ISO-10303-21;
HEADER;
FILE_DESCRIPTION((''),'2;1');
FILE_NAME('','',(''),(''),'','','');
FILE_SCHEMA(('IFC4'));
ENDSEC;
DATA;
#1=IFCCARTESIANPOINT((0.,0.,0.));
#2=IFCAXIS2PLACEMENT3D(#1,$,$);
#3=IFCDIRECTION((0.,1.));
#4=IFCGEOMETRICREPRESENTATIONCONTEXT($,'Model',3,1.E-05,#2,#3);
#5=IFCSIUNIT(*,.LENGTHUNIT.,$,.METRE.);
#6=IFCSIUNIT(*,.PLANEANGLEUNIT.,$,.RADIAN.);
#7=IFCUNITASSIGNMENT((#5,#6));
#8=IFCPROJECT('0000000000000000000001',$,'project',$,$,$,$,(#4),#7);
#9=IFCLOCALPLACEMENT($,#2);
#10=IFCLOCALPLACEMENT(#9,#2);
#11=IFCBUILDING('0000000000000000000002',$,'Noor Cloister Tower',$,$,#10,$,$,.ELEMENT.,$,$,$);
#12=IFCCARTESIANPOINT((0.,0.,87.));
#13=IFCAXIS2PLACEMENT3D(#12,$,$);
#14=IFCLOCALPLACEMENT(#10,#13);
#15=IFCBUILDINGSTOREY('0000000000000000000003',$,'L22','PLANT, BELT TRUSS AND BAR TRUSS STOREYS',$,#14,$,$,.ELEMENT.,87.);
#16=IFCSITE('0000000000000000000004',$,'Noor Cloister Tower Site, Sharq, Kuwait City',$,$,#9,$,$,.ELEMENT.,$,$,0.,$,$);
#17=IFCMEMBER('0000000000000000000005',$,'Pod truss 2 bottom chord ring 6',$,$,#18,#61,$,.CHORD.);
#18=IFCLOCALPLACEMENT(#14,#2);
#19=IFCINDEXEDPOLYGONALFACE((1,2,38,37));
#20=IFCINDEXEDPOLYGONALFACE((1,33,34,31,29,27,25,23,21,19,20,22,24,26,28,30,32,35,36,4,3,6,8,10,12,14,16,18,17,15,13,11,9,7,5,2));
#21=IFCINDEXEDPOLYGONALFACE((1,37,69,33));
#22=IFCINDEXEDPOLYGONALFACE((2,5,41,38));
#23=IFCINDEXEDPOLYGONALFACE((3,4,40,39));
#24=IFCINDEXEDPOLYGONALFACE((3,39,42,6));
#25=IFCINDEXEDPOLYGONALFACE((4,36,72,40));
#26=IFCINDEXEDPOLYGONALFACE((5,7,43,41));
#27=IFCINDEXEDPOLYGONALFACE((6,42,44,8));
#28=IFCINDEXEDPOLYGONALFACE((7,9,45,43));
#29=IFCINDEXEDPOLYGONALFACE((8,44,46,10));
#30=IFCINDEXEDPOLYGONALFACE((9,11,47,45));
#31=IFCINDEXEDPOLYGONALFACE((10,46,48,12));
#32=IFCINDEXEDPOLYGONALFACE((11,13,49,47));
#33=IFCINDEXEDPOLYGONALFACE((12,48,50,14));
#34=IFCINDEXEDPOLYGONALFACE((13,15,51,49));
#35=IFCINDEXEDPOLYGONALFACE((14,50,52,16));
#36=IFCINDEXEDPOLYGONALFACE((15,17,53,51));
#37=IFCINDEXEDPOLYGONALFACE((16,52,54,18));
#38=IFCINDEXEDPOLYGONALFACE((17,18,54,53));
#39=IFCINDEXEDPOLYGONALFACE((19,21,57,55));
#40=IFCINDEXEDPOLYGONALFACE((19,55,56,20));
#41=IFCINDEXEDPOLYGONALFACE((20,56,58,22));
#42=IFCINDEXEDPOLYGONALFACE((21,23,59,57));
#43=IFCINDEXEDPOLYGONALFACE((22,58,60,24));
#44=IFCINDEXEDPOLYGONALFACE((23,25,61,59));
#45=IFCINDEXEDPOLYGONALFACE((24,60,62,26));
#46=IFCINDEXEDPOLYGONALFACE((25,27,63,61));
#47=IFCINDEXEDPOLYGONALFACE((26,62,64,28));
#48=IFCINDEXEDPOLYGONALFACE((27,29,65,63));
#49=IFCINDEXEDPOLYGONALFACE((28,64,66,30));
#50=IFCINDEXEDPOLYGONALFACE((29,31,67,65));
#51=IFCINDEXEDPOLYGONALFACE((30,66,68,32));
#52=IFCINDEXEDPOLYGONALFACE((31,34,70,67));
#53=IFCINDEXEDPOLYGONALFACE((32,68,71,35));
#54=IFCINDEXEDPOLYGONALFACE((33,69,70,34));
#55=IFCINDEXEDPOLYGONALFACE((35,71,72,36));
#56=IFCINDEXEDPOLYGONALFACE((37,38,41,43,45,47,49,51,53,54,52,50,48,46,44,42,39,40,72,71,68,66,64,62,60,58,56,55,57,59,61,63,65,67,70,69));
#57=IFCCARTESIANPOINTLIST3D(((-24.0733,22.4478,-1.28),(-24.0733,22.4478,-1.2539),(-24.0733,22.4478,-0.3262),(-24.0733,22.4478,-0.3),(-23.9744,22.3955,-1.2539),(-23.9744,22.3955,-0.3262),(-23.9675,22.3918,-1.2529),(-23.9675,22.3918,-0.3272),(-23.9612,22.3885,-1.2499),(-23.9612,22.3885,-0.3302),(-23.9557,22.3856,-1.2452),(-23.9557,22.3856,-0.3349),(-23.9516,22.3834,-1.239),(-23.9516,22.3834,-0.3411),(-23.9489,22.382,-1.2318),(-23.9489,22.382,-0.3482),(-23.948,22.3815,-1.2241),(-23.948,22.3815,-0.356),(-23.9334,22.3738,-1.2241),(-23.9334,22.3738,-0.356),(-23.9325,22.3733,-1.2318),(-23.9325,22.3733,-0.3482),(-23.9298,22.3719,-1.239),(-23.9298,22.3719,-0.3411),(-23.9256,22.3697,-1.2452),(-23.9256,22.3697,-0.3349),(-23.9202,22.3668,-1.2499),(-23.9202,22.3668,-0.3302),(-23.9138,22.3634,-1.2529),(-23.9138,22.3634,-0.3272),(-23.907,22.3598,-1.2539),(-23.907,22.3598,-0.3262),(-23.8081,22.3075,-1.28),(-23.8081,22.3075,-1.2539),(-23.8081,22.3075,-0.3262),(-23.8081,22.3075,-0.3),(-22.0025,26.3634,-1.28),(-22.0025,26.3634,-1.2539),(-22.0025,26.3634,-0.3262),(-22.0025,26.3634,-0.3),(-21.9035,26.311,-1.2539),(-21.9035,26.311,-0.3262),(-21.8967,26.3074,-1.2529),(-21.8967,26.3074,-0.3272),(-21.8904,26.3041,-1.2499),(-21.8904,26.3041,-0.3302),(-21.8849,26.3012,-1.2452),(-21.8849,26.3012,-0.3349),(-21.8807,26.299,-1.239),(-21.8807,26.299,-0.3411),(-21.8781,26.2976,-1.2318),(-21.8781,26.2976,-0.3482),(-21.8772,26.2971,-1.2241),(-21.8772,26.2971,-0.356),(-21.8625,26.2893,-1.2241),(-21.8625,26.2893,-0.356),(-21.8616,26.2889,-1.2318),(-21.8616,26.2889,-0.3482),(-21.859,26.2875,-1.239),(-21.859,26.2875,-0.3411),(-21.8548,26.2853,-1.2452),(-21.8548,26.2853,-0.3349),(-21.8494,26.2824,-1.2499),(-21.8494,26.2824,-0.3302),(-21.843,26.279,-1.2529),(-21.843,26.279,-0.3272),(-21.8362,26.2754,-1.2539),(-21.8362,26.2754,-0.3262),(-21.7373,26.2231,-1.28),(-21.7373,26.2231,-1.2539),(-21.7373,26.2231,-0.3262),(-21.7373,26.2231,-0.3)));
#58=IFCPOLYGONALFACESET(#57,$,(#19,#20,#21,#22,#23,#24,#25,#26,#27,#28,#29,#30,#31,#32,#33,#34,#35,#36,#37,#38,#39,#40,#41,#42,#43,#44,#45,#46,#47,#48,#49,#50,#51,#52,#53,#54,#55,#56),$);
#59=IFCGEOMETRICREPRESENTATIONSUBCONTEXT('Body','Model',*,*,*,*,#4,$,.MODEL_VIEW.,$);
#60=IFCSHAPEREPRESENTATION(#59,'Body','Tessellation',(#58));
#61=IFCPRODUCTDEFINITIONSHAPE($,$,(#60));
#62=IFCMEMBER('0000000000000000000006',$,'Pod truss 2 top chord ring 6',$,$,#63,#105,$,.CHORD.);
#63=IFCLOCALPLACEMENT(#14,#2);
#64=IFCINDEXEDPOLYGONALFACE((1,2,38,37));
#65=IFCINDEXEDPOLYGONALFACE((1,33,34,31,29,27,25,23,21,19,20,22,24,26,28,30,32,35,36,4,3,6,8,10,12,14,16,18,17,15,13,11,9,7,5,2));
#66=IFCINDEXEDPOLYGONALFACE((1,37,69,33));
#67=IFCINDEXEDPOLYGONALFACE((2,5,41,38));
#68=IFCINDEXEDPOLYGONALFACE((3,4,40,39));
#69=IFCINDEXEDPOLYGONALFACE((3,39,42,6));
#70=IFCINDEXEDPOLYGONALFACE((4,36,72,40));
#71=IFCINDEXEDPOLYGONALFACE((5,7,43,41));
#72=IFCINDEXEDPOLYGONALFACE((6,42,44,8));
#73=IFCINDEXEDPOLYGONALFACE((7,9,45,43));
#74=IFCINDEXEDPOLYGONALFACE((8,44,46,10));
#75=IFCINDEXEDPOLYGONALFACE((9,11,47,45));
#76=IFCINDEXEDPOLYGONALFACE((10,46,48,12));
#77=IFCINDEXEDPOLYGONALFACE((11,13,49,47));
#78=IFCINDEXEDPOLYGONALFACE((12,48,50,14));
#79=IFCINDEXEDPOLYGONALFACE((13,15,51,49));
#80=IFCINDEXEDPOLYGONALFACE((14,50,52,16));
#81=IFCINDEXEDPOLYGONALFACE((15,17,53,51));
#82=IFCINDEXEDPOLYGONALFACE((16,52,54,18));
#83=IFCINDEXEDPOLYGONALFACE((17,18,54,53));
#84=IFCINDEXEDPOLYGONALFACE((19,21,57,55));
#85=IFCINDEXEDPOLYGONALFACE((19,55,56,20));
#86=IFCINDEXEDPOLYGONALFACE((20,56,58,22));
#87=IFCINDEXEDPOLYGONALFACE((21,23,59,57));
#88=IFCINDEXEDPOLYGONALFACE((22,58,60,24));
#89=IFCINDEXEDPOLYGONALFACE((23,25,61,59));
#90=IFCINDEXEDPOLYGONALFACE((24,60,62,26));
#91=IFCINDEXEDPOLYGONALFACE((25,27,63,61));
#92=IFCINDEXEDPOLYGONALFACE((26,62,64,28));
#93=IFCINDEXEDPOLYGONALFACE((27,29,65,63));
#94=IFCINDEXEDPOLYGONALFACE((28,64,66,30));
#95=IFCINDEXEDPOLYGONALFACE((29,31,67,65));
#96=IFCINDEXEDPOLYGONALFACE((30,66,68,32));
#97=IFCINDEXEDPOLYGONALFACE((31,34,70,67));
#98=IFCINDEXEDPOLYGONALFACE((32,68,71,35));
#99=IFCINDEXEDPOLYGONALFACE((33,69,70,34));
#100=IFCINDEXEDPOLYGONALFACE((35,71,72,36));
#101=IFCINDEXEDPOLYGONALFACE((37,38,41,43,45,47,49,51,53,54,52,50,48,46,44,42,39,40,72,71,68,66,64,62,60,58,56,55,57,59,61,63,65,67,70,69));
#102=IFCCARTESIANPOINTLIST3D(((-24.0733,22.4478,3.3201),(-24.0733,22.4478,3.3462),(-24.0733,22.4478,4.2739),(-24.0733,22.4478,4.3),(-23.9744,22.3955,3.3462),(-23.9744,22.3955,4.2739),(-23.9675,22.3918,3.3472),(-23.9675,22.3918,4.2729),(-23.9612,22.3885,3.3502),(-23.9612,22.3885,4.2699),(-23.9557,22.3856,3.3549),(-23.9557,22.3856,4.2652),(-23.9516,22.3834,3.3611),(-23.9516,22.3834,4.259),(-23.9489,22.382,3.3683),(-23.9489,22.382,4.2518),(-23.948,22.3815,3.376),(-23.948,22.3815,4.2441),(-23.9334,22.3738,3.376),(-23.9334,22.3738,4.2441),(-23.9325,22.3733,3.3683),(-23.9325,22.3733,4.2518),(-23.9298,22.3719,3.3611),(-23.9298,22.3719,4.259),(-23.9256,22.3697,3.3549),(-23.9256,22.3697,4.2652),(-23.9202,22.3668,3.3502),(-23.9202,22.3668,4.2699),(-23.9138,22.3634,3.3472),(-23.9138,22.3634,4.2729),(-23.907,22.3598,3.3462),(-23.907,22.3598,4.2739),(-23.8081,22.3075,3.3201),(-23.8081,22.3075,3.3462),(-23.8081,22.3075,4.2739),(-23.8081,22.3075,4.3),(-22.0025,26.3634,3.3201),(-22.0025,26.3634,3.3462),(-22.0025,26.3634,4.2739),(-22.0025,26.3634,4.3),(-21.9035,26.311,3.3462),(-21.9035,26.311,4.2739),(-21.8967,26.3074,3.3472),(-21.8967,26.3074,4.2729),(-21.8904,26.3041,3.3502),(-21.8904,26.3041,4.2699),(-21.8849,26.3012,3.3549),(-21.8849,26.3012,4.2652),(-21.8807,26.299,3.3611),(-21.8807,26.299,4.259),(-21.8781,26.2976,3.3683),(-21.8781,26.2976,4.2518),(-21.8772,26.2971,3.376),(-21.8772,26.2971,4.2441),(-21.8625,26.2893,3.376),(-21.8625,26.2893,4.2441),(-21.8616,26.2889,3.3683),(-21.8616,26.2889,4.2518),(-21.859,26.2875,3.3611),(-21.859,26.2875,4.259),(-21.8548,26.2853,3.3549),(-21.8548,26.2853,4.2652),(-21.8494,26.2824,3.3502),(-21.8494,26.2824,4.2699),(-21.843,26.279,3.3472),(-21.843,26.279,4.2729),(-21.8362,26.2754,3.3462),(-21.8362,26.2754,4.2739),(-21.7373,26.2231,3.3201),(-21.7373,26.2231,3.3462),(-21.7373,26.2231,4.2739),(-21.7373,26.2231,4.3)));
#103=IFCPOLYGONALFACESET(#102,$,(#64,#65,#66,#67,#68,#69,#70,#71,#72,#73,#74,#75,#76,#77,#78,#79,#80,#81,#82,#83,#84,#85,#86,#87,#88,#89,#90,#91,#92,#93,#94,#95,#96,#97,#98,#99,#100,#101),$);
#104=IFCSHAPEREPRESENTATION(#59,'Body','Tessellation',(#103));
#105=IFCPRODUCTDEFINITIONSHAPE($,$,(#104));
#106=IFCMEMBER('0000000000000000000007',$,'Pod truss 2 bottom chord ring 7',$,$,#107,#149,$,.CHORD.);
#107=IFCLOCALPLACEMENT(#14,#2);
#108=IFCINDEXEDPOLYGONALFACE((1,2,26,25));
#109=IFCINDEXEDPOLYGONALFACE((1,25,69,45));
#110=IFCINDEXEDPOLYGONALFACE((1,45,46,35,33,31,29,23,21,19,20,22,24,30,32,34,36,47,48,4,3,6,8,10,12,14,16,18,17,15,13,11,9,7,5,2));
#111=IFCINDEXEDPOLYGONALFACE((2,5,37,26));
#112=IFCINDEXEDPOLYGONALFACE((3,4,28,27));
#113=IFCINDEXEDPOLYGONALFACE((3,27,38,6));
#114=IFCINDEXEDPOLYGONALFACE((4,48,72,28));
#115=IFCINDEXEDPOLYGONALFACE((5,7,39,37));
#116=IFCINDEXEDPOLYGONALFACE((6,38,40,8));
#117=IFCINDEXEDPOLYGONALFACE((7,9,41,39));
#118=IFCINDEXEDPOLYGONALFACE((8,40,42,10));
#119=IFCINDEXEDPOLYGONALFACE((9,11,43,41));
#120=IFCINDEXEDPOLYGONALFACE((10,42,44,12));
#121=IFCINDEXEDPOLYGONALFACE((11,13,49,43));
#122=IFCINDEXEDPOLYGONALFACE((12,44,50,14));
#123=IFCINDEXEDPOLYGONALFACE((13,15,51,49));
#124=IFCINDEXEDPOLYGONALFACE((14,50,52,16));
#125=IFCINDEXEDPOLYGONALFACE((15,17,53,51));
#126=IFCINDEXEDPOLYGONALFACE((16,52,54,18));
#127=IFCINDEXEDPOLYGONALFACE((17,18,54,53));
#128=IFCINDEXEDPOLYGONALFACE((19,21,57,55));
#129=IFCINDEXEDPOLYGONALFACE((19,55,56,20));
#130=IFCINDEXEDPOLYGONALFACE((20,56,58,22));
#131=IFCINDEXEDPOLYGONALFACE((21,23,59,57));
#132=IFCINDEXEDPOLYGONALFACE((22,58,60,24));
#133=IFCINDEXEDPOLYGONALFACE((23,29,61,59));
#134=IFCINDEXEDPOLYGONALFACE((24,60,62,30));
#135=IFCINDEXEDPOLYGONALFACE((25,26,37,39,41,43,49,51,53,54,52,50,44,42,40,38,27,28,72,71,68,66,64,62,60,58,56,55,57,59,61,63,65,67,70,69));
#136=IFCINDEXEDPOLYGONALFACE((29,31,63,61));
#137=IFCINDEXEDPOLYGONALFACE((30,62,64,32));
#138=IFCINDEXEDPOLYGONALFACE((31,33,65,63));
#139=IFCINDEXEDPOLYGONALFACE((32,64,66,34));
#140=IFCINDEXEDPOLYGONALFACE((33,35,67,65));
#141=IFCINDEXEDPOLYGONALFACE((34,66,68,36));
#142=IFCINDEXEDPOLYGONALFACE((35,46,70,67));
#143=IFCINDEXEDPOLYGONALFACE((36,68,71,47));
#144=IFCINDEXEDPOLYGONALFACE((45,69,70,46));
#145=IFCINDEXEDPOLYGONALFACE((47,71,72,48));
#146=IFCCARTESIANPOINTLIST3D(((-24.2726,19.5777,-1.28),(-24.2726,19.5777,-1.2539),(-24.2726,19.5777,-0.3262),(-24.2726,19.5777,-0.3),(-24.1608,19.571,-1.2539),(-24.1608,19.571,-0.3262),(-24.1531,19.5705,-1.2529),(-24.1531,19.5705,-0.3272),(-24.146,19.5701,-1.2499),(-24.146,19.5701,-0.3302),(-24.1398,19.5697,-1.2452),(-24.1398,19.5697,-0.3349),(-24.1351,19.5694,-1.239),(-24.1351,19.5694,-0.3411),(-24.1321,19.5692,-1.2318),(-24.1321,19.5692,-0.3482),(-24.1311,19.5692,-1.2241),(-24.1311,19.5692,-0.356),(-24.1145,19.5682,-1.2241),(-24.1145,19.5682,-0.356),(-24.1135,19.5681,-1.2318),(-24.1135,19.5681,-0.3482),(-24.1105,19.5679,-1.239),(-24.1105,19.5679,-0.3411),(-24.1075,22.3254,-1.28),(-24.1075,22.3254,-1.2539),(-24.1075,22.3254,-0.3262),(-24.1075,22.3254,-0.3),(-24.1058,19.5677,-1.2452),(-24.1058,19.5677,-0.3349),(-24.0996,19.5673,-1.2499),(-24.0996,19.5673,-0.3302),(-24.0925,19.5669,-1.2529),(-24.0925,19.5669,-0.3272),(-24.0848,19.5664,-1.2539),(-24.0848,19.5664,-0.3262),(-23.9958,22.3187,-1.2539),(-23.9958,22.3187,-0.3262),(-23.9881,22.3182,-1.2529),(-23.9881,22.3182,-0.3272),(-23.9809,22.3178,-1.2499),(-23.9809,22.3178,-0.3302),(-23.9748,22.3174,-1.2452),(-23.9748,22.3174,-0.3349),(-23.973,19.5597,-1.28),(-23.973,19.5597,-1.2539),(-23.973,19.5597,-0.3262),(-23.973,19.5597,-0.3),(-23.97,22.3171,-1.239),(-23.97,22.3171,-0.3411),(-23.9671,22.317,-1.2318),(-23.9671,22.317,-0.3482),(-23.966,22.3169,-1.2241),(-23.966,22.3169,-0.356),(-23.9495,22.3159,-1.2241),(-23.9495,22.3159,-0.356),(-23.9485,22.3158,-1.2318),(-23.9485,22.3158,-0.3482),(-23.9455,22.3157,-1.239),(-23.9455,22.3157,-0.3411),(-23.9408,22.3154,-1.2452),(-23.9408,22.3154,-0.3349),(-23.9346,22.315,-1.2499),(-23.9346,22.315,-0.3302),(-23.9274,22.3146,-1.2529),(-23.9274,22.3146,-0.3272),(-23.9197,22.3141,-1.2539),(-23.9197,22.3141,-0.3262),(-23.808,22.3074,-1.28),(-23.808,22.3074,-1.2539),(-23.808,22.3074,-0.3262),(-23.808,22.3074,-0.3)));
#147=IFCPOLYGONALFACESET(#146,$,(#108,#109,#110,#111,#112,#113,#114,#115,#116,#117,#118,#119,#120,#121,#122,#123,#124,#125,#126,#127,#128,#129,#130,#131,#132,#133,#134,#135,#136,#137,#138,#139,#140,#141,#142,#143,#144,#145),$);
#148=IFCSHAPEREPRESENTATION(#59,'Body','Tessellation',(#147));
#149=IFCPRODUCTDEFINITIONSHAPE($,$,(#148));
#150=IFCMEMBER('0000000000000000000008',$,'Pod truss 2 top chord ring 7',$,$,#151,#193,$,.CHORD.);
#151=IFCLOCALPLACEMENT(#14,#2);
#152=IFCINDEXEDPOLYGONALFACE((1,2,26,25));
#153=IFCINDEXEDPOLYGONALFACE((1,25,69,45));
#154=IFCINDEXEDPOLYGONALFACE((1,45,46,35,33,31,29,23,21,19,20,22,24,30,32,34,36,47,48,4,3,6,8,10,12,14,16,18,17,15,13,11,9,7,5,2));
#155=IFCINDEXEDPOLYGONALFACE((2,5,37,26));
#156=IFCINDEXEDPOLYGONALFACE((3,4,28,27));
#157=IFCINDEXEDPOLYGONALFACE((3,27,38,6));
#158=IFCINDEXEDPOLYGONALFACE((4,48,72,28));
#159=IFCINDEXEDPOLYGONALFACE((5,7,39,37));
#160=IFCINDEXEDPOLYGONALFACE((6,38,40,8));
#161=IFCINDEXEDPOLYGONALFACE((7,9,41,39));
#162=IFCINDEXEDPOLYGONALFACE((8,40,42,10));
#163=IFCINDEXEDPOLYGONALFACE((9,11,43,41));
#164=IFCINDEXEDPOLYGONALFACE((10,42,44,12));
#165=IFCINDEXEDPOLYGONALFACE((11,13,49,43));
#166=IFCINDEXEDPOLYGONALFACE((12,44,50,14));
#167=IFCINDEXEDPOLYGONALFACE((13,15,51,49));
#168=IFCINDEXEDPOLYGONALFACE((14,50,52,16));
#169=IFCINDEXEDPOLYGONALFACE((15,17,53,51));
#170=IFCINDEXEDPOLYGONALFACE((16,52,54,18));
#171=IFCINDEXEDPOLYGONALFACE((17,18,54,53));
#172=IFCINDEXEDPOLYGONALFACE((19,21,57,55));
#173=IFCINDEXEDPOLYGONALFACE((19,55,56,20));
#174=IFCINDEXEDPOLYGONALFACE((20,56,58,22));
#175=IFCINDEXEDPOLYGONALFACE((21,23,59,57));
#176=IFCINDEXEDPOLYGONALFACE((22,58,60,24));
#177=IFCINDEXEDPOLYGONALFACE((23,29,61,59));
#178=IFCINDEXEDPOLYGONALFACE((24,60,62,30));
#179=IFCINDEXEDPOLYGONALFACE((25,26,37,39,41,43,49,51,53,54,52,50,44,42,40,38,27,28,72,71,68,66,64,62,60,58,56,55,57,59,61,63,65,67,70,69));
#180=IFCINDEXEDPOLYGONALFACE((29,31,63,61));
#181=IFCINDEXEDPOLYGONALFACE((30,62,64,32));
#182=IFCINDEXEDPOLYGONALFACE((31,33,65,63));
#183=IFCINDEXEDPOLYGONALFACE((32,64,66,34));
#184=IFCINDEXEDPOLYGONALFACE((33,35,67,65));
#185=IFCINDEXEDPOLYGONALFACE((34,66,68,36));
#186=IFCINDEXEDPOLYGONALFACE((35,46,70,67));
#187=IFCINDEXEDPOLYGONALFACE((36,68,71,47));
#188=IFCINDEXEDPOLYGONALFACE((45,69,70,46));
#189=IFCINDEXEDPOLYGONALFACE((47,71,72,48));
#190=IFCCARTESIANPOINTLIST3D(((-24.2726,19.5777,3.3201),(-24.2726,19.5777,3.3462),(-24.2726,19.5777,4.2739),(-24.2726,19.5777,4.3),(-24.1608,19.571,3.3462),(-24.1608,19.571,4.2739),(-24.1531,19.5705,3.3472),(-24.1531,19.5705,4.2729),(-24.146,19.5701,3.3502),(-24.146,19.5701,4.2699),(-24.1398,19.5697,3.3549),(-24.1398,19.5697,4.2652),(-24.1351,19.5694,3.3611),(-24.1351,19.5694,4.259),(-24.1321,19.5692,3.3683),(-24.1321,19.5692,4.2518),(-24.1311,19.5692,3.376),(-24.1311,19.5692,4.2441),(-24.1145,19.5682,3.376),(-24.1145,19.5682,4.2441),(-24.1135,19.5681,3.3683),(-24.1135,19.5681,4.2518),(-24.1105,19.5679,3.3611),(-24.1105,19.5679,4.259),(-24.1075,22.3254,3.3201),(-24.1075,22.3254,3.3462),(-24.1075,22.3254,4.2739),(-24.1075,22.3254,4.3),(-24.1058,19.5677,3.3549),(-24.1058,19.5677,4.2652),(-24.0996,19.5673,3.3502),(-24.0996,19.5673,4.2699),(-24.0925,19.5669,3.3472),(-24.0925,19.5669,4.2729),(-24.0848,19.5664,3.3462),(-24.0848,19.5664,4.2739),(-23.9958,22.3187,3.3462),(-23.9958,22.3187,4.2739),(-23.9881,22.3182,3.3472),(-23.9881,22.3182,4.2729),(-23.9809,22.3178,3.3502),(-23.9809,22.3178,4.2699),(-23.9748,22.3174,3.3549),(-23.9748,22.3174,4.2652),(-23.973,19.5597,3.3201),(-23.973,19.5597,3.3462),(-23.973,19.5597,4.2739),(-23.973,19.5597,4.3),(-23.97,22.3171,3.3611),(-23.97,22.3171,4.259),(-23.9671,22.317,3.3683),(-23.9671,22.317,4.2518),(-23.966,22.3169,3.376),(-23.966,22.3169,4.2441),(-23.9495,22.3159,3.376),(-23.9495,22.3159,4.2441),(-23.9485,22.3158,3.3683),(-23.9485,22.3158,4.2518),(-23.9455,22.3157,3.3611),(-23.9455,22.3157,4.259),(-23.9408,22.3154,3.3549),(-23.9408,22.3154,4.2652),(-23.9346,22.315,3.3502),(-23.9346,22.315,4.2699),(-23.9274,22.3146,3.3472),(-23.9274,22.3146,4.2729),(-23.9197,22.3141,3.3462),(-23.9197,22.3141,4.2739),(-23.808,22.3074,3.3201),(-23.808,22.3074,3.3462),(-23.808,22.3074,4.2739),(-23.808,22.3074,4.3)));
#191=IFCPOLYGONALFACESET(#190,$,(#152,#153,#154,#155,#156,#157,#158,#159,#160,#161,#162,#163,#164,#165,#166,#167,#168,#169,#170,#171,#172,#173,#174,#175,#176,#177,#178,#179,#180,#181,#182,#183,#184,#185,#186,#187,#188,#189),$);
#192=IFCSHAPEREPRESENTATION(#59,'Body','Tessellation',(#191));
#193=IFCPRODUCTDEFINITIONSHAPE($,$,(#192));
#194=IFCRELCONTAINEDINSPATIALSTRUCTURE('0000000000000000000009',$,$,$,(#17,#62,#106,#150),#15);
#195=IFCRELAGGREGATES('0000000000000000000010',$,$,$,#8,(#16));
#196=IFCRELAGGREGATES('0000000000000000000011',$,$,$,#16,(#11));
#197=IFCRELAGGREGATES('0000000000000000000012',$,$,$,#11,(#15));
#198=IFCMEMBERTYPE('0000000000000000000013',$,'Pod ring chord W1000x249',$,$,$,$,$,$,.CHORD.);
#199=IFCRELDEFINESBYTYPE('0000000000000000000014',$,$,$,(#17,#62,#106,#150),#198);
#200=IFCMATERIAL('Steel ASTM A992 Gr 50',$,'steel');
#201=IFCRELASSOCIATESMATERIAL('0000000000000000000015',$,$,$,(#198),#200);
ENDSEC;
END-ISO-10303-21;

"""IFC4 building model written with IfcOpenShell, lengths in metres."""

from ifc_helpers import new_model, si_unit, direction, frame, origin, origin_2d, place, context, subcontext, project, spatial, i_section, extrude, material, material_profile, profile_set, type_object, element, save


model = new_model("IFC4")

# Units and contexts
model_context = context("Model", 3, precision=1e-05, world=origin(), true_north=direction((0.0, 1.0)))
body_context = subcontext(model_context, "Body", "Model", "MODEL_VIEW")
ifc_project = project(units=[si_unit("LENGTHUNIT", "METRE"), si_unit("PLANEANGLEUNIT", "RADIAN")], contexts=[model_context])

# Site, building, storey
site_placement = place(None, origin())
site = spatial("IfcSite", under=ifc_project, at=site_placement, Name="Noor Cloister Tower Site, Sharq, Kuwait City", CompositionType="ELEMENT", RefElevation=0.0)
building_placement = place(site_placement, origin())
building = spatial("IfcBuilding", under=site, at=building_placement, Name="Noor Cloister Tower", CompositionType="ELEMENT")
storey_placement = place(building_placement, frame((0.0, 0.0, 87.0)))
storey = spatial("IfcBuildingStorey", under=building, at=storey_placement, Name="L22", Description="PLANT, BELT TRUSS AND BAR TRUSS STOREYS", CompositionType="ELEMENT", Elevation=87.0)

# Members
ifc_material_1 = material(Name="Steel ASTM A992 Gr 50", Category="steel")
ifc_material_profile_1 = material_profile(ifc_material_1, i_section(OverallWidth=0.3, OverallDepth=0.98, WebThickness=0.0166, FlangeThickness=0.0261, FilletRadius=0.0298, at=origin_2d()), Name="W1000x249")
ifc_profile_set_1 = profile_set([ifc_material_profile_1], Name="Steel ASTM A992 Gr 50")
member_type_1 = type_object("IfcMemberType", Name="Pod ring chord W1000x249", PredefinedType="CHORD", material=ifc_profile_set_1)
for number, where, z_axis, x_axis, name in (
    (1, (-21.8699, 26.2932, -0.79), (-0.467513, -0.883986, 0.0), (0.883986, -0.467513, 0.0), "Pod truss 2 bottom chord ring 6"),
    (2, (-21.8699, 26.2932, 3.8101), (-0.467513, -0.883986, 0.0), (0.883986, -0.467513, 0.0), "Pod truss 2 top chord ring 6"),
):
    element("IfcMember", number, at=place(storey_placement, frame(where, z_axis=z_axis, x_axis=x_axis)), inside=storey, type_object=member_type_1, Name=name, PredefinedType="CHORD", context=body_context, shape_type="SweptSolid", body=[
        extrude(i_section(OverallWidth=0.3, OverallDepth=0.98, WebThickness=0.0166, FlangeThickness=0.0261, FilletRadius=0.0298, at=origin_2d()), origin(), (0.0, 0.0, 1.0), 4.4294),
    ])
for number, where, z_axis, x_axis, name in (
    (3, (-23.9578, 22.3164, -0.79), (-0.059954, -0.998201, 0.0), (0.998201, -0.059954, 0.0), "Pod truss 2 bottom chord ring 7"),
    (4, (-23.9578, 22.3164, 3.8101), (-0.059954, -0.998201, 0.0), (0.998201, -0.059954, 0.0), "Pod truss 2 top chord ring 7"),
):
    element("IfcMember", number, at=place(storey_placement, frame(where, z_axis=z_axis, x_axis=x_axis)), inside=storey, type_object=member_type_1, Name=name, PredefinedType="CHORD", context=body_context, shape_type="SweptSolid", body=[
        extrude(i_section(OverallWidth=0.3, OverallDepth=0.98, WebThickness=0.0166, FlangeThickness=0.0261, FilletRadius=0.0298, at=origin_2d()), origin(), (0.0, 0.0, 1.0), 2.7527),
    ])

save(model, "model.ifc")
